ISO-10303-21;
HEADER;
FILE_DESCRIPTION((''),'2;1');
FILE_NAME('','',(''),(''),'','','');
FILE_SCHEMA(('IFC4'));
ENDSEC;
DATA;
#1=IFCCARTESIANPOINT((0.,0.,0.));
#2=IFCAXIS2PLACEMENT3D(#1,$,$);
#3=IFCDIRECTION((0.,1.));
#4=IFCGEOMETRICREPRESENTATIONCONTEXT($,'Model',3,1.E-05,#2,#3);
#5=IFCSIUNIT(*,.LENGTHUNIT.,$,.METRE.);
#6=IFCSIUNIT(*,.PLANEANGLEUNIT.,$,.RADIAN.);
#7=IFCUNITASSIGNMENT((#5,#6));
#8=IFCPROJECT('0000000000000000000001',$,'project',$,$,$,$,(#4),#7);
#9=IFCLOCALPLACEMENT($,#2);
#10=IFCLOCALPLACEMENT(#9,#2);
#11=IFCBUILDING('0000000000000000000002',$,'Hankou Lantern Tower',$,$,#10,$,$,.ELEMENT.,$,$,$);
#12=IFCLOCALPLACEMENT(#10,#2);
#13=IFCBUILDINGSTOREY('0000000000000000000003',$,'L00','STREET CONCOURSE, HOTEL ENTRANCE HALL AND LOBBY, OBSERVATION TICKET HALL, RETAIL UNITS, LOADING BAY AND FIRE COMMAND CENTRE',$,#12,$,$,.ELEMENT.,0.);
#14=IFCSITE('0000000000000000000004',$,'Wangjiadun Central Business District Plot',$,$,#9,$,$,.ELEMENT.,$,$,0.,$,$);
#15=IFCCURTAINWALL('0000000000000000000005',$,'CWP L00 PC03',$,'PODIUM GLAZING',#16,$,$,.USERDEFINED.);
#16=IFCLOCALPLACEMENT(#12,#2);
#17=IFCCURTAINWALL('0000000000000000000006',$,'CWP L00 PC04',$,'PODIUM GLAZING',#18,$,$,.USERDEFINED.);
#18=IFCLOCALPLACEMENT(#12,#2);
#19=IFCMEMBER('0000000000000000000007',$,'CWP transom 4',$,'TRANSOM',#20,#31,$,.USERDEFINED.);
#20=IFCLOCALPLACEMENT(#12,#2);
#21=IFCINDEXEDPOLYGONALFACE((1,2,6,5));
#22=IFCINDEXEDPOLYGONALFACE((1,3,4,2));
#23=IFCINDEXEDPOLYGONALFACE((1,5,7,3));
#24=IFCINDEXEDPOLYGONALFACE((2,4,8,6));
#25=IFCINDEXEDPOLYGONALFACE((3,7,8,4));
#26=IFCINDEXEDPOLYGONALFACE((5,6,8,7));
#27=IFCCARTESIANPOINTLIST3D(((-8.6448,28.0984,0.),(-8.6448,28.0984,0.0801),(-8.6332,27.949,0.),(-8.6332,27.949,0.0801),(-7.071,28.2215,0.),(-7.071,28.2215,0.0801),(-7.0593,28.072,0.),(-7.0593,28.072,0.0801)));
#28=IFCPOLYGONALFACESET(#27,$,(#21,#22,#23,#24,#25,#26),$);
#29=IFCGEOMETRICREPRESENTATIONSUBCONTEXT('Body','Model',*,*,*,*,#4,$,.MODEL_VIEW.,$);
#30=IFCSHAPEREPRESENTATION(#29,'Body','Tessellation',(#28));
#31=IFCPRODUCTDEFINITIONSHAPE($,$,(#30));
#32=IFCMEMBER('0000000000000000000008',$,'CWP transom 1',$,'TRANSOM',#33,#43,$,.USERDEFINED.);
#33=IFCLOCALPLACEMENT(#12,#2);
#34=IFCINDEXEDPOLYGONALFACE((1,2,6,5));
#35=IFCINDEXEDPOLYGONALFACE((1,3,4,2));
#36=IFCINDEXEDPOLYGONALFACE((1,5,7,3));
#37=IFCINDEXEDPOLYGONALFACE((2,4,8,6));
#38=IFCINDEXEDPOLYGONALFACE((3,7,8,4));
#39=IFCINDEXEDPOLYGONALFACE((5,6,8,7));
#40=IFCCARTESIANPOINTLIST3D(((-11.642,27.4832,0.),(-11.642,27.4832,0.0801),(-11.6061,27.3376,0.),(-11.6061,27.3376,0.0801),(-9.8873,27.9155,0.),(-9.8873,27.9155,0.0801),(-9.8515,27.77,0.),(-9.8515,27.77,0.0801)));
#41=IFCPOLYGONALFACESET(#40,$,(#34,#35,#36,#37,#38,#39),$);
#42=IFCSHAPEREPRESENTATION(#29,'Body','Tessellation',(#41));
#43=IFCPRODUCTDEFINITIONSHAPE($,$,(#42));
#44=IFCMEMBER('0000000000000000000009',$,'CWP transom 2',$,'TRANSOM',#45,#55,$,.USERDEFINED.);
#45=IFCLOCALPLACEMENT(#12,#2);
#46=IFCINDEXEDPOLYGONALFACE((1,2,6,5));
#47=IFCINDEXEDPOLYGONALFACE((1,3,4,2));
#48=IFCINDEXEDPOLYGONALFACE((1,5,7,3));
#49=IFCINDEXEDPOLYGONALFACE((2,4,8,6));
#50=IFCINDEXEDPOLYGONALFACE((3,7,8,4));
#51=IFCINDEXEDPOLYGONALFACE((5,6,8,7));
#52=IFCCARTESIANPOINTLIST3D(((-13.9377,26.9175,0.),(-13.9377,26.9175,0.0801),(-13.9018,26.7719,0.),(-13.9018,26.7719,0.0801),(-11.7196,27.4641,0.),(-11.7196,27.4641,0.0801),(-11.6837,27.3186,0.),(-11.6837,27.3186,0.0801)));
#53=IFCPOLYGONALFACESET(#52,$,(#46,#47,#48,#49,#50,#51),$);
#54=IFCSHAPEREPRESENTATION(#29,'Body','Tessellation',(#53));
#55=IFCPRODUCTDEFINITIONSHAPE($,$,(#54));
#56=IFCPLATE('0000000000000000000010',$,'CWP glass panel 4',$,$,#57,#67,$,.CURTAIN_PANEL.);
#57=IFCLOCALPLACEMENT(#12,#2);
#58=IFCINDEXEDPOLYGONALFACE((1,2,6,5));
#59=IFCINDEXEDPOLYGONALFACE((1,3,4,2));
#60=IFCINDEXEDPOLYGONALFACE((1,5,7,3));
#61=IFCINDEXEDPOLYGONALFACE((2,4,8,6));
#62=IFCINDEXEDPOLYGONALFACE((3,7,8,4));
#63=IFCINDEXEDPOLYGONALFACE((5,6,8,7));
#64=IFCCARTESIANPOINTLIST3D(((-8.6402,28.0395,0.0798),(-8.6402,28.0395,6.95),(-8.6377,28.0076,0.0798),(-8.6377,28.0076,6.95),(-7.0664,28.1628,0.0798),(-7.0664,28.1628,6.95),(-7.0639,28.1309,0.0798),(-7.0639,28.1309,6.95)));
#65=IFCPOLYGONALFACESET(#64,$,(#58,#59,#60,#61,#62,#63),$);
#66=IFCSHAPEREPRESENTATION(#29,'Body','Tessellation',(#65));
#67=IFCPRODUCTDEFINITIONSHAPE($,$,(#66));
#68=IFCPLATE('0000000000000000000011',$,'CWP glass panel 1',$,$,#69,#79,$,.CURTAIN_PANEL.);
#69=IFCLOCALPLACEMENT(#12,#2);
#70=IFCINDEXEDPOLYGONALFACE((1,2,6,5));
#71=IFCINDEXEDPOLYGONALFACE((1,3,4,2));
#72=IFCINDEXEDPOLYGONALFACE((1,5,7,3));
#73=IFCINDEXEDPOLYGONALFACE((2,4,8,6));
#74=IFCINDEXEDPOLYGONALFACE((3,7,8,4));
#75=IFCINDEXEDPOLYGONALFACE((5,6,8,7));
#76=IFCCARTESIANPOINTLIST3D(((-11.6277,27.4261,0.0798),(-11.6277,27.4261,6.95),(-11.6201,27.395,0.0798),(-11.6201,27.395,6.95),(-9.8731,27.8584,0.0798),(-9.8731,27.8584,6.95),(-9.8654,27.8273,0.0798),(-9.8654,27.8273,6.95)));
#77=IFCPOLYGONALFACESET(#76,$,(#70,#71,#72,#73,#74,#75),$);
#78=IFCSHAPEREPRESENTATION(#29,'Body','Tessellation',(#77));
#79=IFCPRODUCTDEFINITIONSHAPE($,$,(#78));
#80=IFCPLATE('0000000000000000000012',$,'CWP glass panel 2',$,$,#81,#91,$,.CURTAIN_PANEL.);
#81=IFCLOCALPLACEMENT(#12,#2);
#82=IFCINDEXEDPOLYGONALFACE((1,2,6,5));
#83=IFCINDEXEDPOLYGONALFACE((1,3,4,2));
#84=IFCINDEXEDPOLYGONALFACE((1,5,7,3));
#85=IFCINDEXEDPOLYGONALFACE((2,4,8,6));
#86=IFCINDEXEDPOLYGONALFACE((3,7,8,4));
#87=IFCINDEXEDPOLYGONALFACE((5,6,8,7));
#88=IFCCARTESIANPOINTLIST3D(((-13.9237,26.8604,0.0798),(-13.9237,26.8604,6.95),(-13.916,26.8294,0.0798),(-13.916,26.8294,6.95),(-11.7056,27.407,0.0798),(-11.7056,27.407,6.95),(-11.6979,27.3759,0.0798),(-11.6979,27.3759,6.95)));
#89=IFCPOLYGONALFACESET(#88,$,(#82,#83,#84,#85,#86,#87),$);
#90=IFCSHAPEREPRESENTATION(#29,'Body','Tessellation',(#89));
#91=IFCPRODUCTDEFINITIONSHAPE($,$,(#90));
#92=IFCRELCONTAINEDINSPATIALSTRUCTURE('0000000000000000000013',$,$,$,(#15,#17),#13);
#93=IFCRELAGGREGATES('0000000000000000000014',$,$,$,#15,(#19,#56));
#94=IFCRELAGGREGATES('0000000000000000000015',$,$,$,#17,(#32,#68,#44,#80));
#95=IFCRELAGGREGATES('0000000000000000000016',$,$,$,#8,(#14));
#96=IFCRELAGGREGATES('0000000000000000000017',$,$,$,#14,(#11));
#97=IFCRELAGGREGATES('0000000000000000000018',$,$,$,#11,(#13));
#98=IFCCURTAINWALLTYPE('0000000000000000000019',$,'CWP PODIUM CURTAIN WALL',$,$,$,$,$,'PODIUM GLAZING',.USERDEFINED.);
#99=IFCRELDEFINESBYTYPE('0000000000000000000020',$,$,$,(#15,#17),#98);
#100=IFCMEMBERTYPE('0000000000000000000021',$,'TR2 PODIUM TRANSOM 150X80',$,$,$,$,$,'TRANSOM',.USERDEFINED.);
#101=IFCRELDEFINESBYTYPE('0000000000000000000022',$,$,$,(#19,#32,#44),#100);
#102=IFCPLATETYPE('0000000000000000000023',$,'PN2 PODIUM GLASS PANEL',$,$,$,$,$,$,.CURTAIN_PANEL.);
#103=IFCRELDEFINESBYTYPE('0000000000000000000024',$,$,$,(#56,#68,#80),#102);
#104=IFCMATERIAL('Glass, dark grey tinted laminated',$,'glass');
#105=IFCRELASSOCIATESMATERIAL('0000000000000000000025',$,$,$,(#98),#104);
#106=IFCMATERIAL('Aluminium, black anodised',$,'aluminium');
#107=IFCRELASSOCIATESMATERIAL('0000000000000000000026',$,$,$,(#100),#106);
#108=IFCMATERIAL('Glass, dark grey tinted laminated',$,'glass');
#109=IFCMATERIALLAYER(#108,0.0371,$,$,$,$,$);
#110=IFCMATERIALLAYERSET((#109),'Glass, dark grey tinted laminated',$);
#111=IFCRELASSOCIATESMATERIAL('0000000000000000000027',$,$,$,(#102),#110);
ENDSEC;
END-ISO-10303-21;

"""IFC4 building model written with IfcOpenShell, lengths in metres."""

from ifc_helpers import new_model, si_unit, direction, frame, origin, origin_2d, place, context, subcontext, project, spatial, rectangle, extrude, material, layer, layer_set, material_profile, profile_set, type_object, element, aggregate, save


model = new_model("IFC4")

# Units and contexts
model_context = context("Model", 3, precision=1e-05, world=origin(), true_north=direction((0.0, 1.0)))
body_context = subcontext(model_context, "Body", "Model", "MODEL_VIEW")
ifc_project = project(units=[si_unit("LENGTHUNIT", "METRE"), si_unit("PLANEANGLEUNIT", "RADIAN")], contexts=[model_context])

# Site, building, storey
site_placement = place(None, origin())
site = spatial("IfcSite", under=ifc_project, at=site_placement, Name="Wangjiadun Central Business District Plot", CompositionType="ELEMENT", RefElevation=0.0)
building_placement = place(site_placement, origin())
building = spatial("IfcBuilding", under=site, at=building_placement, Name="Hankou Lantern Tower", CompositionType="ELEMENT")
storey_placement = place(building_placement, origin())
storey = spatial("IfcBuildingStorey", under=building, at=storey_placement, Name="L00", Description="STREET CONCOURSE, HOTEL ENTRANCE HALL AND LOBBY, OBSERVATION TICKET HALL, RETAIL UNITS, LOADING BAY AND FIRE COMMAND CENTRE", CompositionType="ELEMENT", Elevation=0.0)

# Curtain walls
ifc_material_1 = material(Name="Glass, dark grey tinted laminated", Category="glass")
curtain_wall_type = type_object("IfcCurtainWallType", Name="CWP PODIUM CURTAIN WALL", ElementType="PODIUM GLAZING", PredefinedType="USERDEFINED", material=ifc_material_1)
curtain_wall_1_placement = place(storey_placement, origin())
curtain_wall_1 = element("IfcCurtainWall", 1, at=curtain_wall_1_placement, inside=storey, type_object=curtain_wall_type, Name="CWP L00 PC03", ObjectType="PODIUM GLAZING", PredefinedType="USERDEFINED")
curtain_wall_2_placement = place(storey_placement, origin())
curtain_wall_2 = element("IfcCurtainWall", 2, at=curtain_wall_2_placement, inside=storey, type_object=curtain_wall_type, Name="CWP L00 PC04", ObjectType="PODIUM GLAZING", PredefinedType="USERDEFINED")

# Members
ifc_material_2 = material(Name="Aluminium, black anodised", Category="aluminium")
ifc_material_profile_1 = material_profile(ifc_material_2, rectangle(XDim=0.1499, YDim=0.0801, at=origin_2d()), Name="TR2 150X80")
ifc_profile_set_1 = profile_set([ifc_material_profile_1], Name="Aluminium, black anodised")
member_type_1 = type_object("IfcMemberType", Name="TR2 PODIUM TRANSOM 150X80", ElementType="TRANSOM", PredefinedType="USERDEFINED", material=ifc_profile_set_1)
member_1_placement = place(storey_placement, frame((-7.0652, 28.1467, 0.04), z_axis=(-0.996957, -0.07795, 0.0), x_axis=(0.07795, -0.996957, 0.0)))
member_1 = element("IfcMember", 3, at=member_1_placement, type_object=member_type_1, Name="CWP transom 4", ObjectType="TRANSOM", PredefinedType="USERDEFINED", context=body_context, shape_type="SweptSolid", body=[
    extrude(rectangle(XDim=0.1499, YDim=0.0801, at=origin_2d()), origin(), (0.0, 0.0, 1.0), 1.5786),
])
member_2_placement = place(storey_placement, frame((-9.8694, 27.8428, 0.04), z_axis=(-0.970956, -0.23926, 0.0), x_axis=(0.23926, -0.970956, 0.0)))
member_2 = element("IfcMember", 4, at=member_2_placement, type_object=member_type_1, Name="CWP transom 1", ObjectType="TRANSOM", PredefinedType="USERDEFINED", context=body_context, shape_type="SweptSolid", body=[
    extrude(rectangle(XDim=0.1499, YDim=0.0801, at=origin_2d()), origin(), (0.0, 0.0, 1.0), 1.8071),
])
member_3_placement = place(storey_placement, frame((-11.7017, 27.3914, 0.04), z_axis=(-0.970948, -0.23929, 0.0), x_axis=(0.23929, -0.970948, 0.0)))
member_3 = element("IfcMember", 5, at=member_3_placement, type_object=member_type_1, Name="CWP transom 2", ObjectType="TRANSOM", PredefinedType="USERDEFINED", context=body_context, shape_type="SweptSolid", body=[
    extrude(rectangle(XDim=0.1499, YDim=0.0801, at=origin_2d()), origin(), (0.0, 0.0, 1.0), 2.2844),
])

# Plates
ifc_material_3 = material(Name="Glass, dark grey tinted laminated", Category="glass")
ifc_layer = layer(ifc_material_3, 0.0371)
ifc_layer_set = layer_set([ifc_layer], Name="Glass, dark grey tinted laminated")
plate_type = type_object("IfcPlateType", Name="PN2 PODIUM GLASS PANEL", PredefinedType="CURTAIN_PANEL", material=ifc_layer_set)
plate_1_placement = place(storey_placement, frame((-7.8521, 28.0852, 0.0798), z_axis=(0.0, 0.0, 1.0), x_axis=(-0.996949, -0.078062, 0.0)))
plate_1 = element("IfcPlate", 6, at=plate_1_placement, type_object=plate_type, Name="CWP glass panel 4", PredefinedType="CURTAIN_PANEL", context=body_context, shape_type="SweptSolid", body=[
    extrude(rectangle(XDim=1.5786, YDim=0.032, at=origin_2d()), origin(), (0.0, 0.0, 1.0), 6.8701),
])
aggregate(curtain_wall_1, [member_1, plate_1])
plate_2_placement = place(storey_placement, frame((-10.7466, 27.6267, 0.0798), z_axis=(0.0, 0.0, 1.0), x_axis=(-0.970961, -0.239238, 0.0)))
plate_2 = element("IfcPlate", 7, at=plate_2_placement, type_object=plate_type, Name="CWP glass panel 1", PredefinedType="CURTAIN_PANEL", context=body_context, shape_type="SweptSolid", body=[
    extrude(rectangle(XDim=1.8071, YDim=0.032, at=origin_2d()), origin(), (0.0, 0.0, 1.0), 6.8701),
])
plate_3_placement = place(storey_placement, frame((-12.8108, 27.1182, 0.0798), z_axis=(0.0, 0.0, 1.0), x_axis=(-0.970961, -0.239238, 0.0)))
plate_3 = element("IfcPlate", 8, at=plate_3_placement, type_object=plate_type, Name="CWP glass panel 2", PredefinedType="CURTAIN_PANEL", context=body_context, shape_type="SweptSolid", body=[
    extrude(rectangle(XDim=2.2844, YDim=0.032, at=origin_2d()), origin(), (0.0, 0.0, 1.0), 6.8701),
])
aggregate(curtain_wall_2, [member_2, plate_2, member_3, plate_3])

save(model, "model.ifc")
